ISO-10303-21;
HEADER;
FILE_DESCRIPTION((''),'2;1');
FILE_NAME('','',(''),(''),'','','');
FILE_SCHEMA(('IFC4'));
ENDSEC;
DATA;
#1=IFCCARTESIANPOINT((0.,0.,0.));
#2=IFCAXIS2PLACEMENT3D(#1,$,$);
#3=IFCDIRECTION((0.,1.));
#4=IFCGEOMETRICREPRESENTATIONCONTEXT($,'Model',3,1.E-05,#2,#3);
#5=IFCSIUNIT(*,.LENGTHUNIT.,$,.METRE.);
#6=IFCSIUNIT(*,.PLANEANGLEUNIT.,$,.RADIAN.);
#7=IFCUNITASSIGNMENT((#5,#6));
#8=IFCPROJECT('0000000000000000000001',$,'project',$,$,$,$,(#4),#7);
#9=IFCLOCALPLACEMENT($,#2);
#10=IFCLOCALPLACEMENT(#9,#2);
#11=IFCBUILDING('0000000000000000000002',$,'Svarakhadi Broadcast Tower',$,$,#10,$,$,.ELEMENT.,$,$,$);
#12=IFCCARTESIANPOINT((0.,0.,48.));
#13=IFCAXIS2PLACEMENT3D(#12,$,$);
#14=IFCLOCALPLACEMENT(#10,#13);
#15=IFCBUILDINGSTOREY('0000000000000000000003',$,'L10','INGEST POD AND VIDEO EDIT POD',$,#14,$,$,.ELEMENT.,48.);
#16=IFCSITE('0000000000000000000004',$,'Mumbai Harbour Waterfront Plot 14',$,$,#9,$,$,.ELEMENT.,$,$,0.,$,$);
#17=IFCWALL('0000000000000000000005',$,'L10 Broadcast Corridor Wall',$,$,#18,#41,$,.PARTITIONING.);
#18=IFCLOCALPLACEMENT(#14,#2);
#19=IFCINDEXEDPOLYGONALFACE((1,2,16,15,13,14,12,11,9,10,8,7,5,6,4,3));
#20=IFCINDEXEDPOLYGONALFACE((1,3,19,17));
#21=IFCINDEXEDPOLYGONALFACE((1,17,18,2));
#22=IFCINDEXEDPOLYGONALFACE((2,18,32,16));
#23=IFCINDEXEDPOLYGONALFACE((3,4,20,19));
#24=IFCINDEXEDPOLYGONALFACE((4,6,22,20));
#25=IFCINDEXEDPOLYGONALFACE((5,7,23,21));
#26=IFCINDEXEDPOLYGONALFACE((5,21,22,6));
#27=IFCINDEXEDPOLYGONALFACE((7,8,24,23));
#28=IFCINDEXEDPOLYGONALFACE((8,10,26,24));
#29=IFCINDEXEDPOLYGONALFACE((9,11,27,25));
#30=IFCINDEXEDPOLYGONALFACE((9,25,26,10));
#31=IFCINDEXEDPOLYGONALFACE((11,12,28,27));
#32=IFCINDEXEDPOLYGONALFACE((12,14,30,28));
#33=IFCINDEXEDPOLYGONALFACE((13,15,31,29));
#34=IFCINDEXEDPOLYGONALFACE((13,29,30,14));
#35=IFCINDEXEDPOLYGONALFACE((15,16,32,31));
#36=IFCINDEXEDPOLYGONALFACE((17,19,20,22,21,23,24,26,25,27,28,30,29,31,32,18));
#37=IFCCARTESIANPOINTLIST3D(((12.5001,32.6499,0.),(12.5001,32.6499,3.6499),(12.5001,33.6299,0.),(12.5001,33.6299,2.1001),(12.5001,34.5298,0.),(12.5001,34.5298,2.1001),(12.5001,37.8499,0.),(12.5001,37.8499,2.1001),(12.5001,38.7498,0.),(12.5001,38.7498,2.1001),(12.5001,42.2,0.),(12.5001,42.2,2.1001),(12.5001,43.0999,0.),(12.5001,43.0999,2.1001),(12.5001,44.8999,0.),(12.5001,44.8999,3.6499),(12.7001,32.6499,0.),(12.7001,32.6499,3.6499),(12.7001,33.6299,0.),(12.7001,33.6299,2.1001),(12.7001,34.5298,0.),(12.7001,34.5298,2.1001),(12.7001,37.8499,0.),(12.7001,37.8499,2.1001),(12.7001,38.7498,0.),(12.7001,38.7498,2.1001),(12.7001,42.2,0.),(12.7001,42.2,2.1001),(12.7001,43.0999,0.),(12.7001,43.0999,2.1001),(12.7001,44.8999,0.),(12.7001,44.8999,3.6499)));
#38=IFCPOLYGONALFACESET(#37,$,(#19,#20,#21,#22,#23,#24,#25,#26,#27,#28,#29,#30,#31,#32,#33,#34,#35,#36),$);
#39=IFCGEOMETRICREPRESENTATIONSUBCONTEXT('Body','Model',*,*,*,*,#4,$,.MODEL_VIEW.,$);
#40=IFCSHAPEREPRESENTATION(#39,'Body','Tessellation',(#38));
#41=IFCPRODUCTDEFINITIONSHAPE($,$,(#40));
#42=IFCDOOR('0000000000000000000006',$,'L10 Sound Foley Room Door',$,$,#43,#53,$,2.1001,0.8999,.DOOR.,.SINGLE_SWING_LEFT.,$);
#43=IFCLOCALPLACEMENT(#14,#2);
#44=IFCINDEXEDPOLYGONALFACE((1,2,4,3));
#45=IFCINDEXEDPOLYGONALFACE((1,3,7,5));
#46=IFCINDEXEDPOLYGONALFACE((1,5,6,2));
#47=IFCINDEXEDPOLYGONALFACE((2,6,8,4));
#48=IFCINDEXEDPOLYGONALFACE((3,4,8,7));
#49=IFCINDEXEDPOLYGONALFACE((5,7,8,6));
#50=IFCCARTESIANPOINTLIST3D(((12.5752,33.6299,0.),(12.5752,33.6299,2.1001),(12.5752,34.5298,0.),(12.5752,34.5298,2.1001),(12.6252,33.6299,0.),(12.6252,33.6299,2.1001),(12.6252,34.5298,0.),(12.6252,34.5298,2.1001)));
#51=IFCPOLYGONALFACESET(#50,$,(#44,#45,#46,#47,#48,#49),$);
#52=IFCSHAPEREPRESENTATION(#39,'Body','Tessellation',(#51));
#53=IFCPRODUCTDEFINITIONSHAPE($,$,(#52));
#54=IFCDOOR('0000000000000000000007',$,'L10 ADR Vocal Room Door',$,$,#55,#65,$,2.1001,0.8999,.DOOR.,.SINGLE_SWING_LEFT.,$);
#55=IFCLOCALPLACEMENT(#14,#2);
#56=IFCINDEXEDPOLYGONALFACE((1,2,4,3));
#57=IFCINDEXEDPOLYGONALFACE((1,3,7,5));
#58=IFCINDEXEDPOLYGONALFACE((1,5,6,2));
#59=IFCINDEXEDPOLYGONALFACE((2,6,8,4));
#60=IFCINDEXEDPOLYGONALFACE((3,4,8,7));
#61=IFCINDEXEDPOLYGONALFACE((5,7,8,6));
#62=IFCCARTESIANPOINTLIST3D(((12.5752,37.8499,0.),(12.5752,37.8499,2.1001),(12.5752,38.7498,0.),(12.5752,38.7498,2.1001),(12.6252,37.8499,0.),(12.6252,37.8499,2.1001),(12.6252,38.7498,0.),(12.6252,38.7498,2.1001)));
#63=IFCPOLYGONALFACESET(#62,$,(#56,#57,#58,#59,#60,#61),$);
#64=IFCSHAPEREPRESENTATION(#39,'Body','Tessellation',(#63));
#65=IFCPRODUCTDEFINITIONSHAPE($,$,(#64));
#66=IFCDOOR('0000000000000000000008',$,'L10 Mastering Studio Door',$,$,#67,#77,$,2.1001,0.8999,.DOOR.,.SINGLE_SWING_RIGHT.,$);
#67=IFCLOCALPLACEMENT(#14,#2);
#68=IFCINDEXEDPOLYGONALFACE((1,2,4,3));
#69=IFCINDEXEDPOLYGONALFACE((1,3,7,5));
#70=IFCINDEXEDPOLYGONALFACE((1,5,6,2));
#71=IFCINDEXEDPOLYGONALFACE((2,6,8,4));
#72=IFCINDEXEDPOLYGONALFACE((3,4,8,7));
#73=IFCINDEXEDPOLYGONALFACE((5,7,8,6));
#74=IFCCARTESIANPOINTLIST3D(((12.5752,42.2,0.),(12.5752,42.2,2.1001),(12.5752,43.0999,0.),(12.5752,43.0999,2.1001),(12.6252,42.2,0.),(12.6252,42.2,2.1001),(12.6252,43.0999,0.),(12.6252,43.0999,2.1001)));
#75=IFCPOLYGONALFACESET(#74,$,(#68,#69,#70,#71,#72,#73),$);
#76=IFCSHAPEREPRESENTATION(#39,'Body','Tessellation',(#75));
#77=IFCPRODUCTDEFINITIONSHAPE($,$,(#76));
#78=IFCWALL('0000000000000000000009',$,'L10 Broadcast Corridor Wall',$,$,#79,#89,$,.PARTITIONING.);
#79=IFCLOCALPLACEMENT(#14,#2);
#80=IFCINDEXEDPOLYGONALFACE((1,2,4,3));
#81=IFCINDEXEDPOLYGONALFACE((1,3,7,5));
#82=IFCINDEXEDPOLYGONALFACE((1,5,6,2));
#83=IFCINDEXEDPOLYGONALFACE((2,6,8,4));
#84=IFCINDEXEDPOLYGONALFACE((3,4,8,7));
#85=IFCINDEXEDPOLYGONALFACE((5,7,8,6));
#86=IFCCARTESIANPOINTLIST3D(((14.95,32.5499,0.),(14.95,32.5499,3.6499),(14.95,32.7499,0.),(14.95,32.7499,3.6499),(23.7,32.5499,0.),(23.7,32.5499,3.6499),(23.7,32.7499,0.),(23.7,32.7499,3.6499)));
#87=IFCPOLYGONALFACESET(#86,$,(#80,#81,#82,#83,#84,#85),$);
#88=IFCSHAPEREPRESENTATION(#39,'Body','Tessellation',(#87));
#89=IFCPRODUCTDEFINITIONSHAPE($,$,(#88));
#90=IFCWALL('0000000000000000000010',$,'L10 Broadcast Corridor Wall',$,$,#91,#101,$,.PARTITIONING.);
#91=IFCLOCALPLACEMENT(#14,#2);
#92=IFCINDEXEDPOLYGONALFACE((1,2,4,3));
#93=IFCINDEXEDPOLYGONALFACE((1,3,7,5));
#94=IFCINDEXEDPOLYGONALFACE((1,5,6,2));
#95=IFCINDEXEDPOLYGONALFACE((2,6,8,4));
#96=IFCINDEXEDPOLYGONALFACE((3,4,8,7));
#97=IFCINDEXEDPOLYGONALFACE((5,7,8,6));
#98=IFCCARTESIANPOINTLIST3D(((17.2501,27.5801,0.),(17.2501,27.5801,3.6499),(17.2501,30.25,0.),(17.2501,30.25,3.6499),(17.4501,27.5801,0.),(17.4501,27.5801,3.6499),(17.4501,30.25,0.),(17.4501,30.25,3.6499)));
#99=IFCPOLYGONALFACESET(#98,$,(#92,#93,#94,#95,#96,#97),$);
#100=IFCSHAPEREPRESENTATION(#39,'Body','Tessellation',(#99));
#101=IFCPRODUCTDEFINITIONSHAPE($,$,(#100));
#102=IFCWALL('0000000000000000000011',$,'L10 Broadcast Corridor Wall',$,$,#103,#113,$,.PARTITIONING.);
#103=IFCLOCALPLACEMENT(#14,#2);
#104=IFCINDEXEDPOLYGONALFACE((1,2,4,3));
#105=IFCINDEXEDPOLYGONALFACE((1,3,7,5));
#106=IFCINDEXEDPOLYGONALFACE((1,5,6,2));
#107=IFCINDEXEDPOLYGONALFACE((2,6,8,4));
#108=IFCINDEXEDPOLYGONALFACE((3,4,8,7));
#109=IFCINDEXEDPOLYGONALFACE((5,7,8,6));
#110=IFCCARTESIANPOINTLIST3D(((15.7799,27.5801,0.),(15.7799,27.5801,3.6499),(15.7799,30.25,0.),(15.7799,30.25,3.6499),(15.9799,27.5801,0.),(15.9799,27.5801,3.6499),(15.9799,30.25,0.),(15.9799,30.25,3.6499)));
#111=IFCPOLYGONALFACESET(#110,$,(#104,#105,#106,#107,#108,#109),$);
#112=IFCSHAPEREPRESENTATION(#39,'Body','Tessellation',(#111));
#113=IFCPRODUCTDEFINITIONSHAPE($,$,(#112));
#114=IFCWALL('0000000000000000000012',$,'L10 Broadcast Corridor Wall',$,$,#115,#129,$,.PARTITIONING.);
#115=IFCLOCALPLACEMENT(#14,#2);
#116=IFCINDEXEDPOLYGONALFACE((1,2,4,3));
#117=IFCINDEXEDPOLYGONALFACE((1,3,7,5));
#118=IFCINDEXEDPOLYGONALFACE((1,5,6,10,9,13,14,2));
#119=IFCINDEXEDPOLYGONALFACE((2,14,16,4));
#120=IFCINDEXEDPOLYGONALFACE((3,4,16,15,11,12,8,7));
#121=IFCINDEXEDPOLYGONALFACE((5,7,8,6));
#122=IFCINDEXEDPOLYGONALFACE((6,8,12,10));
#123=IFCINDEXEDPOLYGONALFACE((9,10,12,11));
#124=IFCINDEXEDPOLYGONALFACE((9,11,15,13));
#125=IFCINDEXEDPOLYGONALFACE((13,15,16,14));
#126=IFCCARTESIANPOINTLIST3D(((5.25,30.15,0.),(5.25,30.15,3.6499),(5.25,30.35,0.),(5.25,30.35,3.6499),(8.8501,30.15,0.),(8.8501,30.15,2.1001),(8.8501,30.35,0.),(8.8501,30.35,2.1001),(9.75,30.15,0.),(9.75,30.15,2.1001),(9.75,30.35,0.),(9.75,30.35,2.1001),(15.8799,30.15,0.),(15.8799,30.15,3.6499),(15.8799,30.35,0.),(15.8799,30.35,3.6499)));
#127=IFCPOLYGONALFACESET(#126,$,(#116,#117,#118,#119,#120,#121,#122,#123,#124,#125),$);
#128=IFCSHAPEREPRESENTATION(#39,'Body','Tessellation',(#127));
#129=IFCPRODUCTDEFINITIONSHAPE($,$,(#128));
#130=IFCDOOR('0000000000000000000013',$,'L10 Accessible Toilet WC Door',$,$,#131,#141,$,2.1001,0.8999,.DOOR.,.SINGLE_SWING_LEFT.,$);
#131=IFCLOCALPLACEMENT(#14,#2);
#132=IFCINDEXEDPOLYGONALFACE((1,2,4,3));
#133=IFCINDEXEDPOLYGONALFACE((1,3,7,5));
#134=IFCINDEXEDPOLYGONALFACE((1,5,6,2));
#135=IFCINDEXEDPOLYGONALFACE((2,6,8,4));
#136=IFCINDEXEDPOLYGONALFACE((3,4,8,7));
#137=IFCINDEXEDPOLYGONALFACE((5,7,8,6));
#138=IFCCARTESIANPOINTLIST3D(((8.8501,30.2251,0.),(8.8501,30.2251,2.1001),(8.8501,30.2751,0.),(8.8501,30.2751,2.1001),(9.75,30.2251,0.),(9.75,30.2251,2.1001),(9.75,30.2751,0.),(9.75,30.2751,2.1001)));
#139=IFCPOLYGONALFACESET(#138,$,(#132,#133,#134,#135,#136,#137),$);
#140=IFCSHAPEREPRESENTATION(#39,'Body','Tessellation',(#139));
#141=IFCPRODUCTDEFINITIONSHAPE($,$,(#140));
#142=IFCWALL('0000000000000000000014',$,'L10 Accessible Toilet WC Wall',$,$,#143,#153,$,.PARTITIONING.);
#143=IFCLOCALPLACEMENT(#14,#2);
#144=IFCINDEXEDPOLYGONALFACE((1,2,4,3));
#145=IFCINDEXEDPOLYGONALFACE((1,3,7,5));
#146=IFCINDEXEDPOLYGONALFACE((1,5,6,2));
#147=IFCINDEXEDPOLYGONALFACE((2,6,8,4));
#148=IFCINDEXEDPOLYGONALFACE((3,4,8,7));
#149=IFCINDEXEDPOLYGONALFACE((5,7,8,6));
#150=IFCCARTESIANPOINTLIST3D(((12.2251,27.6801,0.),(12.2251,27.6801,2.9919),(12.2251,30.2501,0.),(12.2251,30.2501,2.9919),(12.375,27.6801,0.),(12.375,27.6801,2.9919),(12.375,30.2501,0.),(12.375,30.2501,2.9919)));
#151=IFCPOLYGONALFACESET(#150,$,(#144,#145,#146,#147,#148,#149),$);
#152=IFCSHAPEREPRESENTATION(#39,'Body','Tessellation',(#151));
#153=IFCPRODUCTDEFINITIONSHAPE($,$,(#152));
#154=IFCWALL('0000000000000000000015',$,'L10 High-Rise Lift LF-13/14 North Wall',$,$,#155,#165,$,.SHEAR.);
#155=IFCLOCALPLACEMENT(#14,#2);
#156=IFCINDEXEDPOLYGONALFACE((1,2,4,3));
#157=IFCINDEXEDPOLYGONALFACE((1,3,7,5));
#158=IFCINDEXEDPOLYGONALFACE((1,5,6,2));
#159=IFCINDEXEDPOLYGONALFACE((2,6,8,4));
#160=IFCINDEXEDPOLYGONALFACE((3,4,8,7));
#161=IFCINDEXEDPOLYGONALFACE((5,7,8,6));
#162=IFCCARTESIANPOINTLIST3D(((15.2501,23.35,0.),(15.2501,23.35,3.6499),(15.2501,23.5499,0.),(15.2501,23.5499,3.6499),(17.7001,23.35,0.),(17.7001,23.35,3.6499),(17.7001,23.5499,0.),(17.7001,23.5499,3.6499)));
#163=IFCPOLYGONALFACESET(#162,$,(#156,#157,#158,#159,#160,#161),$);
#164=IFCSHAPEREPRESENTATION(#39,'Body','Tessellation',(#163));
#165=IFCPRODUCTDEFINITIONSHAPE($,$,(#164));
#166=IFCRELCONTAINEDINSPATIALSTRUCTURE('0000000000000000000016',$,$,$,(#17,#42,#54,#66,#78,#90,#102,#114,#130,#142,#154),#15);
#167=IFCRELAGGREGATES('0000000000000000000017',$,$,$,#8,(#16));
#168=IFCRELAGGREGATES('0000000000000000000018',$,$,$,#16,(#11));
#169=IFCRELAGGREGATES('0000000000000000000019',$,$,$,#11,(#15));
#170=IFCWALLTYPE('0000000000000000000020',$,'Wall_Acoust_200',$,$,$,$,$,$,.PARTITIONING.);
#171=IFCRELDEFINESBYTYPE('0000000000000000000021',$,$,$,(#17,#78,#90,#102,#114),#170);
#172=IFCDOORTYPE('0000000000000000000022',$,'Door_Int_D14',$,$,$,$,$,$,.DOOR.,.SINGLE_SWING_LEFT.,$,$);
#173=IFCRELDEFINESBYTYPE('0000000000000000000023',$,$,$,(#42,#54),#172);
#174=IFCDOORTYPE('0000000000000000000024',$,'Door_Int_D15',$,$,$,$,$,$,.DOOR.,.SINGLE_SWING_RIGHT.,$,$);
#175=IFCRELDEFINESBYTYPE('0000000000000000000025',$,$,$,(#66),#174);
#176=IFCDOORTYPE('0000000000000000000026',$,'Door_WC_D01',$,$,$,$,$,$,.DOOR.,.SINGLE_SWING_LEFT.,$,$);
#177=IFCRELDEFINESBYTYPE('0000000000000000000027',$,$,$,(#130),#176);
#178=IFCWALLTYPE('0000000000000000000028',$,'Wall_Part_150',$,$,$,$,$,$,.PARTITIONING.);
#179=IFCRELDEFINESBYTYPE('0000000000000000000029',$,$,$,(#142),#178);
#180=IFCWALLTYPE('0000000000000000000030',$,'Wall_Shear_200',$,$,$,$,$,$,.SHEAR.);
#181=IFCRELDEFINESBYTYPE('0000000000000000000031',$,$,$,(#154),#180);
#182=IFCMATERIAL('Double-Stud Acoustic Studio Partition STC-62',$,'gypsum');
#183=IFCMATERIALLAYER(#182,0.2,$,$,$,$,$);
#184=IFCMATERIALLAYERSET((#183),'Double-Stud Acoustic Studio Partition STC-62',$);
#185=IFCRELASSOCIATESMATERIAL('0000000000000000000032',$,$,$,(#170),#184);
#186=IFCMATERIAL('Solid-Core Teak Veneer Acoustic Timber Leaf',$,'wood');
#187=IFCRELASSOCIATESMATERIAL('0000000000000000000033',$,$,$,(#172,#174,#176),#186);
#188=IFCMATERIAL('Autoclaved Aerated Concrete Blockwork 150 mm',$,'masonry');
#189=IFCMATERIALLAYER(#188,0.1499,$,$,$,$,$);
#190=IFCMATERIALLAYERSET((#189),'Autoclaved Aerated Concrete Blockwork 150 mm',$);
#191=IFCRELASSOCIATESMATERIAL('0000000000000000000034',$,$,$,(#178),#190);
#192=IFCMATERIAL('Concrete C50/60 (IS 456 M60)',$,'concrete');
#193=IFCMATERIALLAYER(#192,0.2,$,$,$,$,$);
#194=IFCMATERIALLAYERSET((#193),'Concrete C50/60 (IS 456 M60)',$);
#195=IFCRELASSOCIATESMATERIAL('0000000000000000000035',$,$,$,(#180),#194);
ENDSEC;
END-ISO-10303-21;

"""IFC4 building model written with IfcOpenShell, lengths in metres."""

from ifc_helpers import new_model, si_unit, direction, frame, frame_2d, origin, place, context, subcontext, project, spatial, rectangle, extrude, material, layer, layer_set, type_object, element, fill, save


model = new_model("IFC4")

# Units and contexts
model_context = context("Model", 3, precision=1e-05, world=origin(), true_north=direction((0.0, 1.0)))
body_context = subcontext(model_context, "Body", "Model", "MODEL_VIEW")
ifc_project = project(units=[si_unit("LENGTHUNIT", "METRE"), si_unit("PLANEANGLEUNIT", "RADIAN")], contexts=[model_context])

# Site, building, storey
site_placement = place(None, origin())
site = spatial("IfcSite", under=ifc_project, at=site_placement, Name="Mumbai Harbour Waterfront Plot 14", CompositionType="ELEMENT", RefElevation=0.0)
building_placement = place(site_placement, origin())
building = spatial("IfcBuilding", under=site, at=building_placement, Name="Svarakhadi Broadcast Tower", CompositionType="ELEMENT")
storey_placement = place(building_placement, frame((0.0, 0.0, 48.0)))
storey = spatial("IfcBuildingStorey", under=building, at=storey_placement, Name="L10", Description="INGEST POD AND VIDEO EDIT POD", CompositionType="ELEMENT", Elevation=48.0)

# Wall, openings, doors
ifc_material_1 = material(Name="Double-Stud Acoustic Studio Partition STC-62", Category="gypsum")
ifc_layer_1 = layer(ifc_material_1, 0.2)
ifc_layer_set_1 = layer_set([ifc_layer_1], Name="Double-Stud Acoustic Studio Partition STC-62")
wall_type_1 = type_object("IfcWallType", Name="Wall_Acoust_200", PredefinedType="PARTITIONING", material=ifc_layer_set_1)
wall_1_placement = place(storey_placement, frame((12.6001, 32.6499, 0.0), z_axis=(0.0, 0.0, 1.0), x_axis=(0.0, 1.0, 0.0)))
wall_1 = element("IfcWall", 1, at=wall_1_placement, inside=storey, type_object=wall_type_1, Name="L10 Broadcast Corridor Wall", PredefinedType="PARTITIONING", context=body_context, shape_type="SweptSolid", body=[
    extrude(rectangle(XDim=12.25, YDim=0.2, at=frame_2d((6.125, 0.0))), origin(), (0.0, 0.0, 1.0), 3.6499),
])
opening_1_placement = place(wall_1_placement, frame((0.98, 0.0, 0.0)))
opening_1 = element("IfcOpeningElement", 2, at=opening_1_placement, cuts=wall_1, PredefinedType="OPENING", context=body_context, shape_type="SweptSolid", body=[
    extrude(rectangle(XDim=0.8999, YDim=2.1001, at=frame_2d((0.45, 1.05))), frame((0.0, 0.1099, 0.0), z_axis=(0.0, -1.0, 0.0), x_axis=(1.0, 0.0, 0.0)), (0.0, 0.0, 1.0), 0.22),
])
opening_2_placement = place(wall_1_placement, frame((5.2, 0.0, 0.0)))
opening_2 = element("IfcOpeningElement", 3, at=opening_2_placement, cuts=wall_1, PredefinedType="OPENING", context=body_context, shape_type="SweptSolid", body=[
    extrude(rectangle(XDim=0.8999, YDim=2.1001, at=frame_2d((0.45, 1.05))), frame((0.0, 0.1099, 0.0), z_axis=(0.0, -1.0, 0.0), x_axis=(1.0, 0.0, 0.0)), (0.0, 0.0, 1.0), 0.22),
])
opening_3_placement = place(wall_1_placement, frame((9.55, 0.0, 0.0)))
opening_3 = element("IfcOpeningElement", 4, at=opening_3_placement, cuts=wall_1, PredefinedType="OPENING", context=body_context, shape_type="SweptSolid", body=[
    extrude(rectangle(XDim=0.8999, YDim=2.1001, at=frame_2d((0.45, 1.05))), frame((0.0, 0.1099, 0.0), z_axis=(0.0, -1.0, 0.0), x_axis=(1.0, 0.0, 0.0)), (0.0, 0.0, 1.0), 0.22),
])
ifc_material_2 = material(Name="Solid-Core Teak Veneer Acoustic Timber Leaf", Category="wood")
door_type_1 = type_object("IfcDoorType", Name="Door_Int_D14", OperationType="SINGLE_SWING_LEFT", PredefinedType="DOOR", material=ifc_material_2)
door_1_placement = place(opening_1_placement, origin())
door_1 = element("IfcDoor", 5, at=door_1_placement, inside=storey, type_object=door_type_1, Name="L10 Sound Foley Room Door", OperationType="SINGLE_SWING_LEFT", OverallHeight=2.1001, OverallWidth=0.8999, PredefinedType="DOOR", context=body_context, shape_type="SweptSolid", body=[
    extrude(rectangle(XDim=0.8999, YDim=2.1001, at=frame_2d((0.45, 1.05))), frame((0.0, 0.0249, 0.0), z_axis=(0.0, -1.0, 0.0), x_axis=(1.0, 0.0, 0.0)), (0.0, 0.0, 1.0), 0.05),
])
fill(opening_1, door_1)
door_2_placement = place(opening_2_placement, origin())
door_2 = element("IfcDoor", 6, at=door_2_placement, inside=storey, type_object=door_type_1, Name="L10 ADR Vocal Room Door", OperationType="SINGLE_SWING_LEFT", OverallHeight=2.1001, OverallWidth=0.8999, PredefinedType="DOOR", context=body_context, shape_type="SweptSolid", body=[
    extrude(rectangle(XDim=0.8999, YDim=2.1001, at=frame_2d((0.45, 1.05))), frame((0.0, 0.0249, 0.0), z_axis=(0.0, -1.0, 0.0), x_axis=(1.0, 0.0, 0.0)), (0.0, 0.0, 1.0), 0.05),
])
fill(opening_2, door_2)
door_type_2 = type_object("IfcDoorType", Name="Door_Int_D15", OperationType="SINGLE_SWING_RIGHT", PredefinedType="DOOR", material=ifc_material_2)
door_3_placement = place(opening_3_placement, origin())
door_3 = element("IfcDoor", 7, at=door_3_placement, inside=storey, type_object=door_type_2, Name="L10 Mastering Studio Door", OperationType="SINGLE_SWING_RIGHT", OverallHeight=2.1001, OverallWidth=0.8999, PredefinedType="DOOR", context=body_context, shape_type="SweptSolid", body=[
    extrude(rectangle(XDim=0.8999, YDim=2.1001, at=frame_2d((0.45, 1.05))), frame((0.0, 0.0249, 0.0), z_axis=(0.0, -1.0, 0.0), x_axis=(1.0, 0.0, 0.0)), (0.0, 0.0, 1.0), 0.05),
])
fill(opening_3, door_3)

# Walls
wall_2_placement = place(storey_placement, frame((14.95, 32.6499, 0.0), z_axis=(0.0, 0.0, 1.0), x_axis=(1.0, 0.0, 0.0)))
element("IfcWall", 8, at=wall_2_placement, inside=storey, type_object=wall_type_1, Name="L10 Broadcast Corridor Wall", PredefinedType="PARTITIONING", context=body_context, shape_type="SweptSolid", body=[
    extrude(rectangle(XDim=8.75, YDim=0.2, at=frame_2d((4.375, 0.0))), origin(), (0.0, 0.0, 1.0), 3.6499),
])
for number, where, z_axis, x_axis, name in (
    (9, (17.3501, 30.25, 0.0), (0.0, 0.0, 1.0), (0.0, -1.0, 0.0), "L10 Broadcast Corridor Wall"),
    (10, (15.8799, 27.5801, 0.0), (0.0, 0.0, 1.0), (0.0, 1.0, 0.0), "L10 Broadcast Corridor Wall"),
):
    element("IfcWall", number, at=place(storey_placement, frame(where, z_axis=z_axis, x_axis=x_axis)), inside=storey, type_object=wall_type_1, Name=name, PredefinedType="PARTITIONING", context=body_context, shape_type="SweptSolid", body=[
        extrude(rectangle(XDim=2.6699, YDim=0.2, at=frame_2d((1.335, 0.0))), origin(), (0.0, 0.0, 1.0), 3.6499),
    ])

# Wall, opening, door
wall_3_placement = place(storey_placement, frame((15.8799, 30.25, 0.0), z_axis=(0.0, 0.0, 1.0), x_axis=(-1.0, 0.0, 0.0)))
wall_3 = element("IfcWall", 11, at=wall_3_placement, inside=storey, type_object=wall_type_1, Name="L10 Broadcast Corridor Wall", PredefinedType="PARTITIONING", context=body_context, shape_type="SweptSolid", body=[
    extrude(rectangle(XDim=10.6299, YDim=0.2, at=frame_2d((5.3149, 0.0))), origin(), (0.0, 0.0, 1.0), 3.6499),
])
opening_4_placement = place(wall_3_placement, frame((6.1299, 0.0, 0.0)))
opening_4 = element("IfcOpeningElement", 12, at=opening_4_placement, cuts=wall_3, PredefinedType="OPENING", context=body_context, shape_type="SweptSolid", body=[
    extrude(rectangle(XDim=0.8999, YDim=2.1001, at=frame_2d((0.45, 1.05))), frame((0.0, 0.1099, 0.0), z_axis=(0.0, -1.0, 0.0), x_axis=(1.0, 0.0, 0.0)), (0.0, 0.0, 1.0), 0.22),
])
door_type_3 = type_object("IfcDoorType", Name="Door_WC_D01", OperationType="SINGLE_SWING_LEFT", PredefinedType="DOOR", material=ifc_material_2)
door_4_placement = place(opening_4_placement, origin())
door_4 = element("IfcDoor", 13, at=door_4_placement, inside=storey, type_object=door_type_3, Name="L10 Accessible Toilet WC Door", OperationType="SINGLE_SWING_LEFT", OverallHeight=2.1001, OverallWidth=0.8999, PredefinedType="DOOR", context=body_context, shape_type="SweptSolid", body=[
    extrude(rectangle(XDim=0.8999, YDim=2.1001, at=frame_2d((0.45, 1.05))), frame((0.0, 0.0249, 0.0), z_axis=(0.0, -1.0, 0.0), x_axis=(1.0, 0.0, 0.0)), (0.0, 0.0, 1.0), 0.05),
])
fill(opening_4, door_4)
ifc_material_3 = material(Name="Autoclaved Aerated Concrete Blockwork 150 mm", Category="masonry")
ifc_layer_2 = layer(ifc_material_3, 0.1499)
ifc_layer_set_2 = layer_set([ifc_layer_2], Name="Autoclaved Aerated Concrete Blockwork 150 mm")
wall_type_2 = type_object("IfcWallType", Name="Wall_Part_150", PredefinedType="PARTITIONING", material=ifc_layer_set_2)

# Walls
wall_4_placement = place(storey_placement, frame((12.3, 27.6799, 0.0), z_axis=(0.0, 0.0, 1.0), x_axis=(0.0, 1.0, 0.0)))
element("IfcWall", 14, at=wall_4_placement, inside=storey, type_object=wall_type_2, Name="L10 Accessible Toilet WC Wall", PredefinedType="PARTITIONING", context=body_context, shape_type="SweptSolid", body=[
    extrude(rectangle(XDim=2.5701, YDim=0.1499, at=frame_2d((1.2852, 0.0))), origin(), (0.0, 0.0, 1.0), 2.9919),
])
ifc_material_4 = material(Name="Concrete C50/60 (IS 456 M60)", Category="concrete")
ifc_layer_3 = layer(ifc_material_4, 0.2)
ifc_layer_set_3 = layer_set([ifc_layer_3], Name="Concrete C50/60 (IS 456 M60)")
wall_type_3 = type_object("IfcWallType", Name="Wall_Shear_200", PredefinedType="SHEAR", material=ifc_layer_set_3)
wall_5_placement = place(storey_placement, frame((15.25, 23.45, 0.0), z_axis=(0.0, 0.0, 1.0), x_axis=(1.0, 0.0, 0.0)))
element("IfcWall", 15, at=wall_5_placement, inside=storey, type_object=wall_type_3, Name="L10 High-Rise Lift LF-13/14 North Wall", PredefinedType="SHEAR", context=body_context, shape_type="SweptSolid", body=[
    extrude(rectangle(XDim=2.45, YDim=0.2, at=frame_2d((1.2251, 0.0))), origin(), (0.0, 0.0, 1.0), 3.6499),
])

save(model, "model.ifc")
